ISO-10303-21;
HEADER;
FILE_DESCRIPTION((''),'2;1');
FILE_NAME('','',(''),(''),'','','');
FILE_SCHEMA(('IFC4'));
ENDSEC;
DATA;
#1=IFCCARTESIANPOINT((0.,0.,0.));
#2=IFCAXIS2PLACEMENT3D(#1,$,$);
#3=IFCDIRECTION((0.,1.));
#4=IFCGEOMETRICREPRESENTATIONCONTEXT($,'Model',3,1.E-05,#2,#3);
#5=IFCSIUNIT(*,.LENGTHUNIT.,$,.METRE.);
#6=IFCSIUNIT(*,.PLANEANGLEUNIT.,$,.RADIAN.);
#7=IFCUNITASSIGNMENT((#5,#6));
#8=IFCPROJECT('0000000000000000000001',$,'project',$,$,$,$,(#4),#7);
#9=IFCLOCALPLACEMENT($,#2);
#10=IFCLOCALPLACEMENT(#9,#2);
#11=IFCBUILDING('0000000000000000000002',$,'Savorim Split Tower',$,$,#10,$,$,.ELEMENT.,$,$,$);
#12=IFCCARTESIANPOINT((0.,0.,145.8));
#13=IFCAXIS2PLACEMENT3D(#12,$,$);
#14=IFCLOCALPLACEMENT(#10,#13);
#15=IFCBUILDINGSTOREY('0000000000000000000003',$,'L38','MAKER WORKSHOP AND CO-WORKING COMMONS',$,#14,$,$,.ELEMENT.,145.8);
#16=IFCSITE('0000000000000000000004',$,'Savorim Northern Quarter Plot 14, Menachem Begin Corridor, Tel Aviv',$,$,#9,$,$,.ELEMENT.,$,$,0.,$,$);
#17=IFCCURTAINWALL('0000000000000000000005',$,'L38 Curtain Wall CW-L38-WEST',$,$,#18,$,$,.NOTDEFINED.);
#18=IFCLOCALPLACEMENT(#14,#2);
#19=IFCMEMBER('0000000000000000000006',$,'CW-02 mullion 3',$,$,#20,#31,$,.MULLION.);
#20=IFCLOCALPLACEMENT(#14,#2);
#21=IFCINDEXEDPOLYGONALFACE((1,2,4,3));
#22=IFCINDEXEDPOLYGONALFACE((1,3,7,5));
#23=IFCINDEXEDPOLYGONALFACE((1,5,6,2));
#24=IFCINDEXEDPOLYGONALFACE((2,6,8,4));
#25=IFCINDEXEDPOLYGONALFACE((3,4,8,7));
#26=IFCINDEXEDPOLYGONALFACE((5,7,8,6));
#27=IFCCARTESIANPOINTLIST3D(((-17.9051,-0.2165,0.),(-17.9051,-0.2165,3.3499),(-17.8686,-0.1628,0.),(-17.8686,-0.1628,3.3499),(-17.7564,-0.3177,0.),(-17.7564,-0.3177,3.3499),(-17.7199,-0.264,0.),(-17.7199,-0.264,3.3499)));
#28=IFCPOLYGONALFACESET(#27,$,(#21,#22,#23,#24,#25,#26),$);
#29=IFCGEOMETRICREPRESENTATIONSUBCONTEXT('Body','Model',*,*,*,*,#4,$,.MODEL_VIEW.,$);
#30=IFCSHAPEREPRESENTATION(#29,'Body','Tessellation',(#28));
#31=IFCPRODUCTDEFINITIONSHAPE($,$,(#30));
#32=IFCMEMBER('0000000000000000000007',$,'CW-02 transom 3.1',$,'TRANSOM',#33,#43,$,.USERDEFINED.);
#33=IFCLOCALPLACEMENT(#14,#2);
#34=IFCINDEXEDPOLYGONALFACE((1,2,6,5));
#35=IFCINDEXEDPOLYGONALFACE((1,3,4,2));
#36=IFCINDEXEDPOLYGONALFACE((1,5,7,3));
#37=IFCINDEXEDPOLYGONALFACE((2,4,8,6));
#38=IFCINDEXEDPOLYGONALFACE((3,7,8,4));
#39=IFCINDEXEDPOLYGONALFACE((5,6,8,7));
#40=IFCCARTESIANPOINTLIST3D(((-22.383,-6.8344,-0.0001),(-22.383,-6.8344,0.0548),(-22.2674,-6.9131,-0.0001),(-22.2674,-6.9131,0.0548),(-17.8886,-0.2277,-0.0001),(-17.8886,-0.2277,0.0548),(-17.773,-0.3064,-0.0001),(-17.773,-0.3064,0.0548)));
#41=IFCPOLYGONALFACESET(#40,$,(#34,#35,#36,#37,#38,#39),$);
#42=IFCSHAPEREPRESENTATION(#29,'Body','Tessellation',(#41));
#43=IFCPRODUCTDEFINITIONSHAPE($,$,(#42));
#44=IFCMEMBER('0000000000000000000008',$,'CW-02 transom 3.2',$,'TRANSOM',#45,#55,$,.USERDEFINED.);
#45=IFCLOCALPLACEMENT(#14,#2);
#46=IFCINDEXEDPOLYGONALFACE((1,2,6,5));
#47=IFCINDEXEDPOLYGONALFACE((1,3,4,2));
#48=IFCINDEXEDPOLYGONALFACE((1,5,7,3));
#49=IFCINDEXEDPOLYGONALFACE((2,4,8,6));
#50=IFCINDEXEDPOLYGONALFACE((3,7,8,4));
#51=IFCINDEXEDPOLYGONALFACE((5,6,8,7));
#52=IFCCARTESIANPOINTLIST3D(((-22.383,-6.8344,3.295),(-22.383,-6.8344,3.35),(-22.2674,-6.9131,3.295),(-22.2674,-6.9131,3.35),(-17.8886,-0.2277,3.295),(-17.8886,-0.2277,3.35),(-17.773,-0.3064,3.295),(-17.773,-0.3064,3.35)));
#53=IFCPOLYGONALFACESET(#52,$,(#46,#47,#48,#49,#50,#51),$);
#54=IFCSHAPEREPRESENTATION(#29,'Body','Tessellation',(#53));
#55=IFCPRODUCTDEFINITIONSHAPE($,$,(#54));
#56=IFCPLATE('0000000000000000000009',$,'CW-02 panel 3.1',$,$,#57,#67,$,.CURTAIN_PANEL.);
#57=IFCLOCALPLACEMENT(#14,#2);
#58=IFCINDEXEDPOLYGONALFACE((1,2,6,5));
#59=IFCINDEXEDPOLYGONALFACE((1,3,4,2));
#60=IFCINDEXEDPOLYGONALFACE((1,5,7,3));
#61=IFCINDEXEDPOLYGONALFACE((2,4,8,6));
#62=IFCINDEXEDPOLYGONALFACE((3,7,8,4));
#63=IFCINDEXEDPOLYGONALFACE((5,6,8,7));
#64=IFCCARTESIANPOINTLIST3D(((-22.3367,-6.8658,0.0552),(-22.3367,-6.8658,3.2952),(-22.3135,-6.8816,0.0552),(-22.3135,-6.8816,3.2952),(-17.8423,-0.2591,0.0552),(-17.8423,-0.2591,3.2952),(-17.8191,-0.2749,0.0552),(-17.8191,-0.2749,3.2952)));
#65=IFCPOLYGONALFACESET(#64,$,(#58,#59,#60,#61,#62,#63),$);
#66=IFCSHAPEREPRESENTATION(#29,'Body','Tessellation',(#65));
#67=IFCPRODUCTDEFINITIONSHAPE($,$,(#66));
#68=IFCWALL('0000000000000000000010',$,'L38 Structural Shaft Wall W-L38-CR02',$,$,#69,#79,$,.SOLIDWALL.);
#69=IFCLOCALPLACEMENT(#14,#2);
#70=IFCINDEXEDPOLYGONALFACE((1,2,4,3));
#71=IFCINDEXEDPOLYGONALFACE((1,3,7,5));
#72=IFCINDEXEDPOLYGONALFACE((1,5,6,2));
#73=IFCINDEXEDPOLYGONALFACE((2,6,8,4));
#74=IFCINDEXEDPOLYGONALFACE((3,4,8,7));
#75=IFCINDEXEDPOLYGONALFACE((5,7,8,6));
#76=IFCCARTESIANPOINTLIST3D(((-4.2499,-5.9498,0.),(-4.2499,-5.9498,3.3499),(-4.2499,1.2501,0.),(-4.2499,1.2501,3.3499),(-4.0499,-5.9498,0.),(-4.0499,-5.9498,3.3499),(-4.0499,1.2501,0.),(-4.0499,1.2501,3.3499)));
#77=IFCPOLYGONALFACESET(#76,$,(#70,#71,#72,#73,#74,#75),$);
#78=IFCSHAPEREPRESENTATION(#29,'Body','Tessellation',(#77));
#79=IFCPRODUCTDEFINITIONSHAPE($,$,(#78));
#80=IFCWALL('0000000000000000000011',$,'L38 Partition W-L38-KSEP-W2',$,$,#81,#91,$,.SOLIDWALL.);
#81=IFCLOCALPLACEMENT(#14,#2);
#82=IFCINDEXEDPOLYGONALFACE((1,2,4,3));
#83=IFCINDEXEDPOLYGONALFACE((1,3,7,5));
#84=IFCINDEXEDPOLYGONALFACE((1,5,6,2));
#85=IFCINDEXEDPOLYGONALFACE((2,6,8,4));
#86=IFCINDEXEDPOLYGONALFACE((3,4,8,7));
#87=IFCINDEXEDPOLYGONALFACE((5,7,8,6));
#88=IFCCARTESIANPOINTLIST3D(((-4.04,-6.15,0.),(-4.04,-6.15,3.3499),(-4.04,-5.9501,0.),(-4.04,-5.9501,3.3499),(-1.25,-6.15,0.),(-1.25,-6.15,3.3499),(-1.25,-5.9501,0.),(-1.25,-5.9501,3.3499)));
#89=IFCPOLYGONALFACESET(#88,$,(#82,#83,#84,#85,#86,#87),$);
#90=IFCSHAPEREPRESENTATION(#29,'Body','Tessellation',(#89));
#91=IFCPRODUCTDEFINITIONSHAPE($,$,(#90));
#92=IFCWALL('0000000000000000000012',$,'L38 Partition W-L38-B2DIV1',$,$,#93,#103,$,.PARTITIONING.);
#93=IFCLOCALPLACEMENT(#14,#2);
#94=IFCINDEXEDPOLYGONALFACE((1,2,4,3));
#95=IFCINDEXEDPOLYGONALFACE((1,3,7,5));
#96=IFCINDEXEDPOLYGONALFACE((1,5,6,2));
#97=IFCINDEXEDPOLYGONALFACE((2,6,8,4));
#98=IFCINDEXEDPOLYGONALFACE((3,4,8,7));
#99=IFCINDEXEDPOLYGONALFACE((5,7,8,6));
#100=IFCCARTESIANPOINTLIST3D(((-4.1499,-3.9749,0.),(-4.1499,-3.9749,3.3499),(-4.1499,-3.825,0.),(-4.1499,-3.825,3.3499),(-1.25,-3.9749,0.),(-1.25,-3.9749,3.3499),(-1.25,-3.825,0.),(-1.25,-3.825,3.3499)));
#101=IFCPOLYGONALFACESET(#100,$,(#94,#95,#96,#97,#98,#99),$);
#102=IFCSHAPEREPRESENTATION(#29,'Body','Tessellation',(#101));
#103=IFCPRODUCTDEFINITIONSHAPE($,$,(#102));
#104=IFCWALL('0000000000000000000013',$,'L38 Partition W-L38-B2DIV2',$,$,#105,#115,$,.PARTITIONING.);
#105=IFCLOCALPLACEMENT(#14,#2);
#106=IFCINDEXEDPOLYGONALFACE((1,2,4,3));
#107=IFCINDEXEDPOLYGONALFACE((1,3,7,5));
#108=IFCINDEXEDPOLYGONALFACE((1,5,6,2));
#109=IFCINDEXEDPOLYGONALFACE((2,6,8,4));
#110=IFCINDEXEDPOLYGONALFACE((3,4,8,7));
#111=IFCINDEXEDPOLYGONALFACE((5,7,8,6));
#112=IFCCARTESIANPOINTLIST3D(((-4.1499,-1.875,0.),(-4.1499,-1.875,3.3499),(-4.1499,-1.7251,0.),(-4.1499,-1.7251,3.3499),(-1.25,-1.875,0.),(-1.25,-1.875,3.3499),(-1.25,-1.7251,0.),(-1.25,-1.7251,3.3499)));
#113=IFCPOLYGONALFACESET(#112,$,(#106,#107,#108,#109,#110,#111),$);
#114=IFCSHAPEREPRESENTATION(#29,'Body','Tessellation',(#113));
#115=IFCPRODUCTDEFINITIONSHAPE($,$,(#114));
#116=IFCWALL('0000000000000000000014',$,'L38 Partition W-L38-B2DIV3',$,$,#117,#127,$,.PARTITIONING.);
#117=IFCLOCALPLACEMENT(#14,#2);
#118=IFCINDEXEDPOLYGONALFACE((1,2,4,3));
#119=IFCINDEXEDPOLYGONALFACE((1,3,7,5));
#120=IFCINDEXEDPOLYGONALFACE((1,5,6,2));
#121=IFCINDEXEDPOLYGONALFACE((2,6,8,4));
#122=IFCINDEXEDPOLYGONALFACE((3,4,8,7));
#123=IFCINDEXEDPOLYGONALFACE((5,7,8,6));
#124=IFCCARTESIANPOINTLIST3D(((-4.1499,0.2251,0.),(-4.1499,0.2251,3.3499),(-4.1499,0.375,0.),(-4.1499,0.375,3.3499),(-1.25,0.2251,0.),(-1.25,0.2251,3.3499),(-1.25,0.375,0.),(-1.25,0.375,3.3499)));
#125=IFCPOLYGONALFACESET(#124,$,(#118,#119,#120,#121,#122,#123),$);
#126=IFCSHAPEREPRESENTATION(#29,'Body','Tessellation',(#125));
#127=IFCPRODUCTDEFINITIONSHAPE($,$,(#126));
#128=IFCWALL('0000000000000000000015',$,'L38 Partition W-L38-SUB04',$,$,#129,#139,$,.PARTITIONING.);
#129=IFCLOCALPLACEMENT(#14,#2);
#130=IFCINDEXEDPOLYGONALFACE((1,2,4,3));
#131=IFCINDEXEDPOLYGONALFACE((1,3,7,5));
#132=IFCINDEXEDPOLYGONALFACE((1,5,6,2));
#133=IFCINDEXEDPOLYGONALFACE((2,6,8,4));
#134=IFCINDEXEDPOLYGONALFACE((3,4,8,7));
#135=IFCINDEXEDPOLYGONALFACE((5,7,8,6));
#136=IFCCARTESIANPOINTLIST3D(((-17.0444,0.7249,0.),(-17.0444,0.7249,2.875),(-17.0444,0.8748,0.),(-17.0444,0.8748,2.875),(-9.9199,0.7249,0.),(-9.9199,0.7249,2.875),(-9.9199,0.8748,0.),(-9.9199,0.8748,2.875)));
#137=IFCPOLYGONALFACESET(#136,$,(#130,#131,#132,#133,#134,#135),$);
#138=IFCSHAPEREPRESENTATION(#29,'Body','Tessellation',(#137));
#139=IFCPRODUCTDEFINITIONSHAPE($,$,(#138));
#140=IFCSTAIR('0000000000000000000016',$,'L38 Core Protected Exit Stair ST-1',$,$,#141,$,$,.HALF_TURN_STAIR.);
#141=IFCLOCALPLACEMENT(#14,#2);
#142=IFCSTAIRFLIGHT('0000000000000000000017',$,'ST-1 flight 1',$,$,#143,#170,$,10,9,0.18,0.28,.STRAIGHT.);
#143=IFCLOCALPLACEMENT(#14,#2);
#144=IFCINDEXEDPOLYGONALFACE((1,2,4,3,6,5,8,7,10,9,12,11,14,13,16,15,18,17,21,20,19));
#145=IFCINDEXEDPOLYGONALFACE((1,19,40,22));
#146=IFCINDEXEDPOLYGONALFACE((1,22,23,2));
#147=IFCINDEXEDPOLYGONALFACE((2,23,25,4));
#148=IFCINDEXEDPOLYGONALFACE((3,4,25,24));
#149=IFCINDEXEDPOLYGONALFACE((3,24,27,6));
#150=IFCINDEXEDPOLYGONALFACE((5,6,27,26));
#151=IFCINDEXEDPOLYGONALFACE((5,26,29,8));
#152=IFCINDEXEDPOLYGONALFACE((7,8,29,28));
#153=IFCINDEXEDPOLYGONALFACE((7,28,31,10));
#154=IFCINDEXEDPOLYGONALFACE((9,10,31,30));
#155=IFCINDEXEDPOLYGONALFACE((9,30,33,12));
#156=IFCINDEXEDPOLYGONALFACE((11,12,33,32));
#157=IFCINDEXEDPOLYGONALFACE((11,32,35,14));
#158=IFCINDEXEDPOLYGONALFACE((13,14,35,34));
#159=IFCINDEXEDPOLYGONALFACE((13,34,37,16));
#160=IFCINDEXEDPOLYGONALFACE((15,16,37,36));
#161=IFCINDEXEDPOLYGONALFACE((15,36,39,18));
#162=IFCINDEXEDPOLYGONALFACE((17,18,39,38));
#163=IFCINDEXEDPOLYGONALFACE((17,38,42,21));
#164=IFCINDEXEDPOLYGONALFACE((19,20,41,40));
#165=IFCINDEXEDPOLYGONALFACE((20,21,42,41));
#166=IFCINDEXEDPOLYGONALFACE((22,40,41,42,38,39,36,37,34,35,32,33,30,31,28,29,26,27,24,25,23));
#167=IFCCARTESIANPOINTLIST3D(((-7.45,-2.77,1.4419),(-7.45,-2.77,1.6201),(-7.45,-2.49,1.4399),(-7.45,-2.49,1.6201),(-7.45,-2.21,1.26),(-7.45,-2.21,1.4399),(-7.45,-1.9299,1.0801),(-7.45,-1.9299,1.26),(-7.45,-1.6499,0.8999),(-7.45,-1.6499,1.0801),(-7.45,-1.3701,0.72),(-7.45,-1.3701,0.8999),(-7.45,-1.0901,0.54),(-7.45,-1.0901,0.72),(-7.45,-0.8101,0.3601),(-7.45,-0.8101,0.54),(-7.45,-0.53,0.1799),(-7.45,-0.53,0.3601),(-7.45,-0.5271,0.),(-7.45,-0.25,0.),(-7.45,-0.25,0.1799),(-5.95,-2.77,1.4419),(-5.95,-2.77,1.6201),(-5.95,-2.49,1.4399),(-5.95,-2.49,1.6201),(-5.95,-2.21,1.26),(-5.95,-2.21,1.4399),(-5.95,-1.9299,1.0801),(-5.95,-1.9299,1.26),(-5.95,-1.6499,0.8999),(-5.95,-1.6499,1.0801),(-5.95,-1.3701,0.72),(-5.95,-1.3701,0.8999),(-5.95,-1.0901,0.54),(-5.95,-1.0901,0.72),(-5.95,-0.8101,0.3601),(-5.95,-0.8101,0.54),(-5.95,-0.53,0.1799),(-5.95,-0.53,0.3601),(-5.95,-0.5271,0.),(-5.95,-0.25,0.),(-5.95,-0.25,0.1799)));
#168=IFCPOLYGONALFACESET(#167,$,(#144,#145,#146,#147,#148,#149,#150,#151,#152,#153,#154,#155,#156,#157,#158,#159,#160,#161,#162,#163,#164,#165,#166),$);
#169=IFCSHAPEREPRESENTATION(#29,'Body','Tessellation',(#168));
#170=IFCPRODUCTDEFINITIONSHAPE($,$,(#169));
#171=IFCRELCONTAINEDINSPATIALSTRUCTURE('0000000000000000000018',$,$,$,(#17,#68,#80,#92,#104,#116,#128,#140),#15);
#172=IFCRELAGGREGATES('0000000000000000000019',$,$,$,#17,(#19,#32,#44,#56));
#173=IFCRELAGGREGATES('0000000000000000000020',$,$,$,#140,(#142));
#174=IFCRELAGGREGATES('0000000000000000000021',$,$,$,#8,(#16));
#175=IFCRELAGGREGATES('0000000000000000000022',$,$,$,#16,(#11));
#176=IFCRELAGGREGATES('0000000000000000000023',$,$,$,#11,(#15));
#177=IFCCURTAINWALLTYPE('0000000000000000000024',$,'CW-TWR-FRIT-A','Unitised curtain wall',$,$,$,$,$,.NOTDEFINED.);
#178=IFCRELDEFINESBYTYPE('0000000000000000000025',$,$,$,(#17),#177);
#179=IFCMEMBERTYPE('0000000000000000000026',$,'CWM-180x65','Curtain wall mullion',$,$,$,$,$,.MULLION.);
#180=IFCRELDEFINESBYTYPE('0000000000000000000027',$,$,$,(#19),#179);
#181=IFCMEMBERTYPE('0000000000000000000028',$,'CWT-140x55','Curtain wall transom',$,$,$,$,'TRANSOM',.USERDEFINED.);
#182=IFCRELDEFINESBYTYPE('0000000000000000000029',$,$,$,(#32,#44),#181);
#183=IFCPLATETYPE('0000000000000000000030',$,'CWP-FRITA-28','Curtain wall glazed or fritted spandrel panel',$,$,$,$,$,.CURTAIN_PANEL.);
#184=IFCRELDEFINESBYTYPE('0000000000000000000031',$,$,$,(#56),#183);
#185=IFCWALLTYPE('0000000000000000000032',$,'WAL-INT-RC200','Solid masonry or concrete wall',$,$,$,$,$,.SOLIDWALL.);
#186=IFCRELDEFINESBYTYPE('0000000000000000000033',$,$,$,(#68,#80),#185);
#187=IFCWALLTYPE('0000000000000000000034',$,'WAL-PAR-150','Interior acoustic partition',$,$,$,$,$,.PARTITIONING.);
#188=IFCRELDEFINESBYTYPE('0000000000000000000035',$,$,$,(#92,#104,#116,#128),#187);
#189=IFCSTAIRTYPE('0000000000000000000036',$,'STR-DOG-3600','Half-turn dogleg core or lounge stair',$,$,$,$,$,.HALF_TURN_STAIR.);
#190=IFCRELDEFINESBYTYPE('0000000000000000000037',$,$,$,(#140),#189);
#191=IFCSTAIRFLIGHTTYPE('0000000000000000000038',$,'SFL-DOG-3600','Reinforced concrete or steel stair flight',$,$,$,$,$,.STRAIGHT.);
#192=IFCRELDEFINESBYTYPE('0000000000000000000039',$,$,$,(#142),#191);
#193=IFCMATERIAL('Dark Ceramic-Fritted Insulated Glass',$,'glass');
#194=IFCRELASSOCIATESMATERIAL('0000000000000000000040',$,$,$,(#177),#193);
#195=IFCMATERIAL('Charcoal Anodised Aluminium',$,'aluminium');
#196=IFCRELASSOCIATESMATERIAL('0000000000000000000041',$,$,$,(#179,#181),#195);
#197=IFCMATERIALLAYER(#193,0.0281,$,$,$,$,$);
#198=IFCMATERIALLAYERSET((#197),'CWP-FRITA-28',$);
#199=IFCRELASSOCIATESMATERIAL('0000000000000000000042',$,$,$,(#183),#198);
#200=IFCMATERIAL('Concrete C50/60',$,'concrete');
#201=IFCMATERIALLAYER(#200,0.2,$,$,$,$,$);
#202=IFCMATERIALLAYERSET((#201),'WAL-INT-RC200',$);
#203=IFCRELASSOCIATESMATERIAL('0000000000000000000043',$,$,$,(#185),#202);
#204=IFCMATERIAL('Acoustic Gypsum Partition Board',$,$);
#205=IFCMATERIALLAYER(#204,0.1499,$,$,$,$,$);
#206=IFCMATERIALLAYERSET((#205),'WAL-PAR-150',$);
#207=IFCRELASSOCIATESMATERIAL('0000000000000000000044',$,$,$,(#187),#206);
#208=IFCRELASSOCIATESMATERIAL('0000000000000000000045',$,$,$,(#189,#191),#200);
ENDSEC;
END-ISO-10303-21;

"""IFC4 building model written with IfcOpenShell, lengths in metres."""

from ifc_helpers import new_model, si_unit, direction, frame, frame_2d, origin, origin_2d, place, context, subcontext, project, spatial, polyline, rectangle, outline, extrude, material, layer, layer_set, material_profile, profile_set, type_object, element, aggregate, save


model = new_model("IFC4")

# Units and contexts
model_context = context("Model", 3, precision=1e-05, world=origin(), true_north=direction((0.0, 1.0)))
body_context = subcontext(model_context, "Body", "Model", "MODEL_VIEW")
ifc_project = project(units=[si_unit("LENGTHUNIT", "METRE"), si_unit("PLANEANGLEUNIT", "RADIAN")], contexts=[model_context])

# Site, building, storey
site_placement = place(None, origin())
site = spatial("IfcSite", under=ifc_project, at=site_placement, Name="Savorim Northern Quarter Plot 14, Menachem Begin Corridor, Tel Aviv", CompositionType="ELEMENT", RefElevation=0.0)
building_placement = place(site_placement, origin())
building = spatial("IfcBuilding", under=site, at=building_placement, Name="Savorim Split Tower", CompositionType="ELEMENT")
storey_placement = place(building_placement, frame((0.0, 0.0, 145.8)))
storey = spatial("IfcBuildingStorey", under=building, at=storey_placement, Name="L38", Description="MAKER WORKSHOP AND CO-WORKING COMMONS", CompositionType="ELEMENT", Elevation=145.8)

# Curtain wall, members, plate
ifc_material_1 = material(Name="Dark Ceramic-Fritted Insulated Glass", Category="glass")
curtain_wall_type = type_object("IfcCurtainWallType", Name="CW-TWR-FRIT-A", Description="Unitised curtain wall", PredefinedType="NOTDEFINED", material=ifc_material_1)
curtain_wall_placement = place(storey_placement, origin())
curtain_wall = element("IfcCurtainWall", 1, at=curtain_wall_placement, inside=storey, type_object=curtain_wall_type, Name="L38 Curtain Wall CW-L38-WEST", PredefinedType="NOTDEFINED")
ifc_material_2 = material(Name="Charcoal Anodised Aluminium", Category="aluminium")
ifc_material_profile_1 = material_profile(ifc_material_2, rectangle(XDim=0.1799, YDim=0.0649, at=origin_2d()), Name="ALU-M 180x65")
ifc_profile_set_1 = profile_set([ifc_material_profile_1], Name="Charcoal Anodised Aluminium")
member_type_1 = type_object("IfcMemberType", Name="CWM-180x65", Description="Curtain wall mullion", PredefinedType="MULLION", material=ifc_profile_set_1)
member_1_placement = place(storey_placement, frame((-17.8125, -0.2402, 0.0), z_axis=(0.0, 0.0, 1.0), x_axis=(0.82682, -0.562466, 0.0)))
member_1 = element("IfcMember", 2, at=member_1_placement, type_object=member_type_1, Name="CW-02 mullion 3", PredefinedType="MULLION", context=body_context, shape_type="SweptSolid", body=[
    extrude(rectangle(XDim=0.1799, YDim=0.0649, at=origin_2d()), origin(), (0.0, 0.0, 1.0), 3.3499),
])
ifc_material_profile_2 = material_profile(ifc_material_2, rectangle(XDim=0.1399, YDim=0.0549, at=origin_2d()), Name="ALU-T 140x55")
ifc_profile_set_2 = profile_set([ifc_material_profile_2], Name="Charcoal Anodised Aluminium")
member_type_2 = type_object("IfcMemberType", Name="CWT-140x55", Description="Curtain wall transom", ElementType="TRANSOM", PredefinedType="USERDEFINED", material=ifc_profile_set_2)
member_2_placement = place(storey_placement, frame((-17.8308, -0.2671, 0.0273), z_axis=(-0.562467, -0.82682, 0.0), x_axis=(0.82682, -0.562467, 0.0)))
member_2 = element("IfcMember", 3, at=member_2_placement, type_object=member_type_2, Name="CW-02 transom 3.1", ObjectType="TRANSOM", PredefinedType="USERDEFINED", context=body_context, shape_type="SweptSolid", body=[
    extrude(rectangle(XDim=0.1399, YDim=0.0549, at=origin_2d()), origin(), (0.0, 0.0, 1.0), 7.9905),
])
member_3_placement = place(storey_placement, frame((-17.8308, -0.2671, 3.3225), z_axis=(-0.562467, -0.82682, 0.0), x_axis=(0.82682, -0.562467, 0.0)))
member_3 = element("IfcMember", 4, at=member_3_placement, type_object=member_type_2, Name="CW-02 transom 3.2", ObjectType="TRANSOM", PredefinedType="USERDEFINED", context=body_context, shape_type="SweptSolid", body=[
    extrude(rectangle(XDim=0.1399, YDim=0.0549, at=origin_2d()), origin(), (0.0, 0.0, 1.0), 7.9905),
])
ifc_layer_1 = layer(ifc_material_1, 0.0281)
ifc_layer_set_1 = layer_set([ifc_layer_1], Name="CWP-FRITA-28")
plate_type = type_object("IfcPlateType", Name="CWP-FRITA-28", Description="Curtain wall glazed or fritted spandrel panel", PredefinedType="CURTAIN_PANEL", material=ifc_layer_set_1)
plate_placement = place(storey_placement, frame((-20.0779, -3.5703, 0.0552), z_axis=(0.0, 0.0, 1.0), x_axis=(-0.562466, -0.82682, 0.0)))
plate = element("IfcPlate", 5, at=plate_placement, type_object=plate_type, Name="CW-02 panel 3.1", PredefinedType="CURTAIN_PANEL", context=body_context, shape_type="SweptSolid", body=[
    extrude(rectangle(XDim=7.9905, YDim=0.0281, at=origin_2d()), origin(), (0.0, 0.0, 1.0), 3.24),
])
aggregate(curtain_wall, [member_1, member_2, member_3, plate])

# Shared definitions
ifc_material_3 = material(Name="Concrete C50/60", Category="concrete")
ifc_layer_2 = layer(ifc_material_3, 0.2)
ifc_layer_set_2 = layer_set([ifc_layer_2], Name="WAL-INT-RC200")
wall_type_1 = type_object("IfcWallType", Name="WAL-INT-RC200", Description="Solid masonry or concrete wall", PredefinedType="SOLIDWALL", material=ifc_layer_set_2)

# Walls
wall_1_placement = place(storey_placement, frame((-4.1499, -5.95, 0.0), z_axis=(0.0, 0.0, 1.0), x_axis=(0.0, 1.0, 0.0)))
element("IfcWall", 6, at=wall_1_placement, inside=storey, type_object=wall_type_1, Name="L38 Structural Shaft Wall W-L38-CR02", PredefinedType="SOLIDWALL", context=body_context, shape_type="SweptSolid", body=[
    extrude(rectangle(XDim=7.2, YDim=0.2, at=frame_2d((3.6001, 0.0))), origin(), (0.0, 0.0, 1.0), 3.3499),
])
wall_2_placement = place(storey_placement, frame((-4.04, -6.05, 0.0), z_axis=(0.0, 0.0, 1.0), x_axis=(1.0, 0.0, 0.0)))
element("IfcWall", 7, at=wall_2_placement, inside=storey, type_object=wall_type_1, Name="L38 Partition W-L38-KSEP-W2", PredefinedType="SOLIDWALL", context=body_context, shape_type="SweptSolid", body=[
    extrude(rectangle(XDim=2.79, YDim=0.2, at=frame_2d((1.395, 0.0))), origin(), (0.0, 0.0, 1.0), 3.3499),
])
ifc_material_4 = material(Name="Acoustic Gypsum Partition Board")
ifc_layer_3 = layer(ifc_material_4, 0.1499)
ifc_layer_set_3 = layer_set([ifc_layer_3], Name="WAL-PAR-150")
wall_type_2 = type_object("IfcWallType", Name="WAL-PAR-150", Description="Interior acoustic partition", PredefinedType="PARTITIONING", material=ifc_layer_set_3)
for number, where, z_axis, x_axis, name in (
    (8, (-4.1499, -3.8999, 0.0), (0.0, 0.0, 1.0), (1.0, 0.0, 0.0), "L38 Partition W-L38-B2DIV1"),
    (9, (-4.1499, -1.8, 0.0), (0.0, 0.0, 1.0), (1.0, 0.0, 0.0), "L38 Partition W-L38-B2DIV2"),
    (10, (-4.1499, 0.3, 0.0), (0.0, 0.0, 1.0), (1.0, 0.0, 0.0), "L38 Partition W-L38-B2DIV3"),
):
    element("IfcWall", number, at=place(storey_placement, frame(where, z_axis=z_axis, x_axis=x_axis)), inside=storey, type_object=wall_type_2, Name=name, PredefinedType="PARTITIONING", context=body_context, shape_type="SweptSolid", body=[
        extrude(rectangle(XDim=2.8999, YDim=0.1499, at=frame_2d((1.45, 0.0))), origin(), (0.0, 0.0, 1.0), 3.3499),
    ])
wall_3_placement = place(storey_placement, frame((-9.9199, 0.7998, 0.0), z_axis=(0.0, 0.0, 1.0), x_axis=(-1.0, 0.0, 0.0)))
element("IfcWall", 11, at=wall_3_placement, inside=storey, type_object=wall_type_2, Name="L38 Partition W-L38-SUB04", PredefinedType="PARTITIONING", context=body_context, shape_type="SweptSolid", body=[
    extrude(rectangle(XDim=7.1245, YDim=0.1499, at=frame_2d((3.5623, 0.0))), origin(), (0.0, 0.0, 1.0), 2.875),
])

# Stair, stair flight
stair_type = type_object("IfcStairType", Name="STR-DOG-3600", Description="Half-turn dogleg core or lounge stair", PredefinedType="HALF_TURN_STAIR", material=ifc_material_3)
stair_placement = place(storey_placement, origin())
stair = element("IfcStair", 12, at=stair_placement, inside=storey, type_object=stair_type, Name="L38 Core Protected Exit Stair ST-1", PredefinedType="HALF_TURN_STAIR")
stair_flight_type = type_object("IfcStairFlightType", Name="SFL-DOG-3600", Description="Reinforced concrete or steel stair flight", PredefinedType="STRAIGHT", material=ifc_material_3)
stair_flight_1_placement = place(storey_placement, frame((-6.7, -0.25, 0.0), z_axis=(0.0, 0.0, 1.0), x_axis=(0.0, -1.0, 0.0)))
stair_flight_1 = element("IfcStairFlight", 13, at=stair_flight_1_placement, type_object=stair_flight_type, Name="ST-1 flight 1", NumberOfRisers=10, NumberOfTreads=9, PredefinedType="STRAIGHT", RiserHeight=0.18, TreadLength=0.28, context=body_context, shape_type="SweptSolid", body=[
    extrude(outline(polyline([(0.0, 0.0), (0.0, 0.1799), (0.28, 0.1799), (0.28, 0.3601), (0.5601, 0.3601), (0.5601, 0.54), (0.8401, 0.54), (0.8401, 0.72), (1.1201, 0.72), (1.1201, 0.8999), (1.3999, 0.8999), (1.3999, 1.0801), (1.6799, 1.0801), (1.6799, 1.26), (1.96, 1.26), (1.96, 1.4399), (2.24, 1.4399), (2.24, 1.6201), (2.52, 1.6201), (2.52, 1.8), (2.52, 1.4419), (0.2771, 0.0), (0.0, 0.0)])), frame((0.0, 0.75, 0.0), z_axis=(0.0, -1.0, 0.0), x_axis=(1.0, 0.0, 0.0)), (0.0, 0.0, 1.0), 1.5),
])
aggregate(stair, [stair_flight_1])

save(model, "model.ifc")
